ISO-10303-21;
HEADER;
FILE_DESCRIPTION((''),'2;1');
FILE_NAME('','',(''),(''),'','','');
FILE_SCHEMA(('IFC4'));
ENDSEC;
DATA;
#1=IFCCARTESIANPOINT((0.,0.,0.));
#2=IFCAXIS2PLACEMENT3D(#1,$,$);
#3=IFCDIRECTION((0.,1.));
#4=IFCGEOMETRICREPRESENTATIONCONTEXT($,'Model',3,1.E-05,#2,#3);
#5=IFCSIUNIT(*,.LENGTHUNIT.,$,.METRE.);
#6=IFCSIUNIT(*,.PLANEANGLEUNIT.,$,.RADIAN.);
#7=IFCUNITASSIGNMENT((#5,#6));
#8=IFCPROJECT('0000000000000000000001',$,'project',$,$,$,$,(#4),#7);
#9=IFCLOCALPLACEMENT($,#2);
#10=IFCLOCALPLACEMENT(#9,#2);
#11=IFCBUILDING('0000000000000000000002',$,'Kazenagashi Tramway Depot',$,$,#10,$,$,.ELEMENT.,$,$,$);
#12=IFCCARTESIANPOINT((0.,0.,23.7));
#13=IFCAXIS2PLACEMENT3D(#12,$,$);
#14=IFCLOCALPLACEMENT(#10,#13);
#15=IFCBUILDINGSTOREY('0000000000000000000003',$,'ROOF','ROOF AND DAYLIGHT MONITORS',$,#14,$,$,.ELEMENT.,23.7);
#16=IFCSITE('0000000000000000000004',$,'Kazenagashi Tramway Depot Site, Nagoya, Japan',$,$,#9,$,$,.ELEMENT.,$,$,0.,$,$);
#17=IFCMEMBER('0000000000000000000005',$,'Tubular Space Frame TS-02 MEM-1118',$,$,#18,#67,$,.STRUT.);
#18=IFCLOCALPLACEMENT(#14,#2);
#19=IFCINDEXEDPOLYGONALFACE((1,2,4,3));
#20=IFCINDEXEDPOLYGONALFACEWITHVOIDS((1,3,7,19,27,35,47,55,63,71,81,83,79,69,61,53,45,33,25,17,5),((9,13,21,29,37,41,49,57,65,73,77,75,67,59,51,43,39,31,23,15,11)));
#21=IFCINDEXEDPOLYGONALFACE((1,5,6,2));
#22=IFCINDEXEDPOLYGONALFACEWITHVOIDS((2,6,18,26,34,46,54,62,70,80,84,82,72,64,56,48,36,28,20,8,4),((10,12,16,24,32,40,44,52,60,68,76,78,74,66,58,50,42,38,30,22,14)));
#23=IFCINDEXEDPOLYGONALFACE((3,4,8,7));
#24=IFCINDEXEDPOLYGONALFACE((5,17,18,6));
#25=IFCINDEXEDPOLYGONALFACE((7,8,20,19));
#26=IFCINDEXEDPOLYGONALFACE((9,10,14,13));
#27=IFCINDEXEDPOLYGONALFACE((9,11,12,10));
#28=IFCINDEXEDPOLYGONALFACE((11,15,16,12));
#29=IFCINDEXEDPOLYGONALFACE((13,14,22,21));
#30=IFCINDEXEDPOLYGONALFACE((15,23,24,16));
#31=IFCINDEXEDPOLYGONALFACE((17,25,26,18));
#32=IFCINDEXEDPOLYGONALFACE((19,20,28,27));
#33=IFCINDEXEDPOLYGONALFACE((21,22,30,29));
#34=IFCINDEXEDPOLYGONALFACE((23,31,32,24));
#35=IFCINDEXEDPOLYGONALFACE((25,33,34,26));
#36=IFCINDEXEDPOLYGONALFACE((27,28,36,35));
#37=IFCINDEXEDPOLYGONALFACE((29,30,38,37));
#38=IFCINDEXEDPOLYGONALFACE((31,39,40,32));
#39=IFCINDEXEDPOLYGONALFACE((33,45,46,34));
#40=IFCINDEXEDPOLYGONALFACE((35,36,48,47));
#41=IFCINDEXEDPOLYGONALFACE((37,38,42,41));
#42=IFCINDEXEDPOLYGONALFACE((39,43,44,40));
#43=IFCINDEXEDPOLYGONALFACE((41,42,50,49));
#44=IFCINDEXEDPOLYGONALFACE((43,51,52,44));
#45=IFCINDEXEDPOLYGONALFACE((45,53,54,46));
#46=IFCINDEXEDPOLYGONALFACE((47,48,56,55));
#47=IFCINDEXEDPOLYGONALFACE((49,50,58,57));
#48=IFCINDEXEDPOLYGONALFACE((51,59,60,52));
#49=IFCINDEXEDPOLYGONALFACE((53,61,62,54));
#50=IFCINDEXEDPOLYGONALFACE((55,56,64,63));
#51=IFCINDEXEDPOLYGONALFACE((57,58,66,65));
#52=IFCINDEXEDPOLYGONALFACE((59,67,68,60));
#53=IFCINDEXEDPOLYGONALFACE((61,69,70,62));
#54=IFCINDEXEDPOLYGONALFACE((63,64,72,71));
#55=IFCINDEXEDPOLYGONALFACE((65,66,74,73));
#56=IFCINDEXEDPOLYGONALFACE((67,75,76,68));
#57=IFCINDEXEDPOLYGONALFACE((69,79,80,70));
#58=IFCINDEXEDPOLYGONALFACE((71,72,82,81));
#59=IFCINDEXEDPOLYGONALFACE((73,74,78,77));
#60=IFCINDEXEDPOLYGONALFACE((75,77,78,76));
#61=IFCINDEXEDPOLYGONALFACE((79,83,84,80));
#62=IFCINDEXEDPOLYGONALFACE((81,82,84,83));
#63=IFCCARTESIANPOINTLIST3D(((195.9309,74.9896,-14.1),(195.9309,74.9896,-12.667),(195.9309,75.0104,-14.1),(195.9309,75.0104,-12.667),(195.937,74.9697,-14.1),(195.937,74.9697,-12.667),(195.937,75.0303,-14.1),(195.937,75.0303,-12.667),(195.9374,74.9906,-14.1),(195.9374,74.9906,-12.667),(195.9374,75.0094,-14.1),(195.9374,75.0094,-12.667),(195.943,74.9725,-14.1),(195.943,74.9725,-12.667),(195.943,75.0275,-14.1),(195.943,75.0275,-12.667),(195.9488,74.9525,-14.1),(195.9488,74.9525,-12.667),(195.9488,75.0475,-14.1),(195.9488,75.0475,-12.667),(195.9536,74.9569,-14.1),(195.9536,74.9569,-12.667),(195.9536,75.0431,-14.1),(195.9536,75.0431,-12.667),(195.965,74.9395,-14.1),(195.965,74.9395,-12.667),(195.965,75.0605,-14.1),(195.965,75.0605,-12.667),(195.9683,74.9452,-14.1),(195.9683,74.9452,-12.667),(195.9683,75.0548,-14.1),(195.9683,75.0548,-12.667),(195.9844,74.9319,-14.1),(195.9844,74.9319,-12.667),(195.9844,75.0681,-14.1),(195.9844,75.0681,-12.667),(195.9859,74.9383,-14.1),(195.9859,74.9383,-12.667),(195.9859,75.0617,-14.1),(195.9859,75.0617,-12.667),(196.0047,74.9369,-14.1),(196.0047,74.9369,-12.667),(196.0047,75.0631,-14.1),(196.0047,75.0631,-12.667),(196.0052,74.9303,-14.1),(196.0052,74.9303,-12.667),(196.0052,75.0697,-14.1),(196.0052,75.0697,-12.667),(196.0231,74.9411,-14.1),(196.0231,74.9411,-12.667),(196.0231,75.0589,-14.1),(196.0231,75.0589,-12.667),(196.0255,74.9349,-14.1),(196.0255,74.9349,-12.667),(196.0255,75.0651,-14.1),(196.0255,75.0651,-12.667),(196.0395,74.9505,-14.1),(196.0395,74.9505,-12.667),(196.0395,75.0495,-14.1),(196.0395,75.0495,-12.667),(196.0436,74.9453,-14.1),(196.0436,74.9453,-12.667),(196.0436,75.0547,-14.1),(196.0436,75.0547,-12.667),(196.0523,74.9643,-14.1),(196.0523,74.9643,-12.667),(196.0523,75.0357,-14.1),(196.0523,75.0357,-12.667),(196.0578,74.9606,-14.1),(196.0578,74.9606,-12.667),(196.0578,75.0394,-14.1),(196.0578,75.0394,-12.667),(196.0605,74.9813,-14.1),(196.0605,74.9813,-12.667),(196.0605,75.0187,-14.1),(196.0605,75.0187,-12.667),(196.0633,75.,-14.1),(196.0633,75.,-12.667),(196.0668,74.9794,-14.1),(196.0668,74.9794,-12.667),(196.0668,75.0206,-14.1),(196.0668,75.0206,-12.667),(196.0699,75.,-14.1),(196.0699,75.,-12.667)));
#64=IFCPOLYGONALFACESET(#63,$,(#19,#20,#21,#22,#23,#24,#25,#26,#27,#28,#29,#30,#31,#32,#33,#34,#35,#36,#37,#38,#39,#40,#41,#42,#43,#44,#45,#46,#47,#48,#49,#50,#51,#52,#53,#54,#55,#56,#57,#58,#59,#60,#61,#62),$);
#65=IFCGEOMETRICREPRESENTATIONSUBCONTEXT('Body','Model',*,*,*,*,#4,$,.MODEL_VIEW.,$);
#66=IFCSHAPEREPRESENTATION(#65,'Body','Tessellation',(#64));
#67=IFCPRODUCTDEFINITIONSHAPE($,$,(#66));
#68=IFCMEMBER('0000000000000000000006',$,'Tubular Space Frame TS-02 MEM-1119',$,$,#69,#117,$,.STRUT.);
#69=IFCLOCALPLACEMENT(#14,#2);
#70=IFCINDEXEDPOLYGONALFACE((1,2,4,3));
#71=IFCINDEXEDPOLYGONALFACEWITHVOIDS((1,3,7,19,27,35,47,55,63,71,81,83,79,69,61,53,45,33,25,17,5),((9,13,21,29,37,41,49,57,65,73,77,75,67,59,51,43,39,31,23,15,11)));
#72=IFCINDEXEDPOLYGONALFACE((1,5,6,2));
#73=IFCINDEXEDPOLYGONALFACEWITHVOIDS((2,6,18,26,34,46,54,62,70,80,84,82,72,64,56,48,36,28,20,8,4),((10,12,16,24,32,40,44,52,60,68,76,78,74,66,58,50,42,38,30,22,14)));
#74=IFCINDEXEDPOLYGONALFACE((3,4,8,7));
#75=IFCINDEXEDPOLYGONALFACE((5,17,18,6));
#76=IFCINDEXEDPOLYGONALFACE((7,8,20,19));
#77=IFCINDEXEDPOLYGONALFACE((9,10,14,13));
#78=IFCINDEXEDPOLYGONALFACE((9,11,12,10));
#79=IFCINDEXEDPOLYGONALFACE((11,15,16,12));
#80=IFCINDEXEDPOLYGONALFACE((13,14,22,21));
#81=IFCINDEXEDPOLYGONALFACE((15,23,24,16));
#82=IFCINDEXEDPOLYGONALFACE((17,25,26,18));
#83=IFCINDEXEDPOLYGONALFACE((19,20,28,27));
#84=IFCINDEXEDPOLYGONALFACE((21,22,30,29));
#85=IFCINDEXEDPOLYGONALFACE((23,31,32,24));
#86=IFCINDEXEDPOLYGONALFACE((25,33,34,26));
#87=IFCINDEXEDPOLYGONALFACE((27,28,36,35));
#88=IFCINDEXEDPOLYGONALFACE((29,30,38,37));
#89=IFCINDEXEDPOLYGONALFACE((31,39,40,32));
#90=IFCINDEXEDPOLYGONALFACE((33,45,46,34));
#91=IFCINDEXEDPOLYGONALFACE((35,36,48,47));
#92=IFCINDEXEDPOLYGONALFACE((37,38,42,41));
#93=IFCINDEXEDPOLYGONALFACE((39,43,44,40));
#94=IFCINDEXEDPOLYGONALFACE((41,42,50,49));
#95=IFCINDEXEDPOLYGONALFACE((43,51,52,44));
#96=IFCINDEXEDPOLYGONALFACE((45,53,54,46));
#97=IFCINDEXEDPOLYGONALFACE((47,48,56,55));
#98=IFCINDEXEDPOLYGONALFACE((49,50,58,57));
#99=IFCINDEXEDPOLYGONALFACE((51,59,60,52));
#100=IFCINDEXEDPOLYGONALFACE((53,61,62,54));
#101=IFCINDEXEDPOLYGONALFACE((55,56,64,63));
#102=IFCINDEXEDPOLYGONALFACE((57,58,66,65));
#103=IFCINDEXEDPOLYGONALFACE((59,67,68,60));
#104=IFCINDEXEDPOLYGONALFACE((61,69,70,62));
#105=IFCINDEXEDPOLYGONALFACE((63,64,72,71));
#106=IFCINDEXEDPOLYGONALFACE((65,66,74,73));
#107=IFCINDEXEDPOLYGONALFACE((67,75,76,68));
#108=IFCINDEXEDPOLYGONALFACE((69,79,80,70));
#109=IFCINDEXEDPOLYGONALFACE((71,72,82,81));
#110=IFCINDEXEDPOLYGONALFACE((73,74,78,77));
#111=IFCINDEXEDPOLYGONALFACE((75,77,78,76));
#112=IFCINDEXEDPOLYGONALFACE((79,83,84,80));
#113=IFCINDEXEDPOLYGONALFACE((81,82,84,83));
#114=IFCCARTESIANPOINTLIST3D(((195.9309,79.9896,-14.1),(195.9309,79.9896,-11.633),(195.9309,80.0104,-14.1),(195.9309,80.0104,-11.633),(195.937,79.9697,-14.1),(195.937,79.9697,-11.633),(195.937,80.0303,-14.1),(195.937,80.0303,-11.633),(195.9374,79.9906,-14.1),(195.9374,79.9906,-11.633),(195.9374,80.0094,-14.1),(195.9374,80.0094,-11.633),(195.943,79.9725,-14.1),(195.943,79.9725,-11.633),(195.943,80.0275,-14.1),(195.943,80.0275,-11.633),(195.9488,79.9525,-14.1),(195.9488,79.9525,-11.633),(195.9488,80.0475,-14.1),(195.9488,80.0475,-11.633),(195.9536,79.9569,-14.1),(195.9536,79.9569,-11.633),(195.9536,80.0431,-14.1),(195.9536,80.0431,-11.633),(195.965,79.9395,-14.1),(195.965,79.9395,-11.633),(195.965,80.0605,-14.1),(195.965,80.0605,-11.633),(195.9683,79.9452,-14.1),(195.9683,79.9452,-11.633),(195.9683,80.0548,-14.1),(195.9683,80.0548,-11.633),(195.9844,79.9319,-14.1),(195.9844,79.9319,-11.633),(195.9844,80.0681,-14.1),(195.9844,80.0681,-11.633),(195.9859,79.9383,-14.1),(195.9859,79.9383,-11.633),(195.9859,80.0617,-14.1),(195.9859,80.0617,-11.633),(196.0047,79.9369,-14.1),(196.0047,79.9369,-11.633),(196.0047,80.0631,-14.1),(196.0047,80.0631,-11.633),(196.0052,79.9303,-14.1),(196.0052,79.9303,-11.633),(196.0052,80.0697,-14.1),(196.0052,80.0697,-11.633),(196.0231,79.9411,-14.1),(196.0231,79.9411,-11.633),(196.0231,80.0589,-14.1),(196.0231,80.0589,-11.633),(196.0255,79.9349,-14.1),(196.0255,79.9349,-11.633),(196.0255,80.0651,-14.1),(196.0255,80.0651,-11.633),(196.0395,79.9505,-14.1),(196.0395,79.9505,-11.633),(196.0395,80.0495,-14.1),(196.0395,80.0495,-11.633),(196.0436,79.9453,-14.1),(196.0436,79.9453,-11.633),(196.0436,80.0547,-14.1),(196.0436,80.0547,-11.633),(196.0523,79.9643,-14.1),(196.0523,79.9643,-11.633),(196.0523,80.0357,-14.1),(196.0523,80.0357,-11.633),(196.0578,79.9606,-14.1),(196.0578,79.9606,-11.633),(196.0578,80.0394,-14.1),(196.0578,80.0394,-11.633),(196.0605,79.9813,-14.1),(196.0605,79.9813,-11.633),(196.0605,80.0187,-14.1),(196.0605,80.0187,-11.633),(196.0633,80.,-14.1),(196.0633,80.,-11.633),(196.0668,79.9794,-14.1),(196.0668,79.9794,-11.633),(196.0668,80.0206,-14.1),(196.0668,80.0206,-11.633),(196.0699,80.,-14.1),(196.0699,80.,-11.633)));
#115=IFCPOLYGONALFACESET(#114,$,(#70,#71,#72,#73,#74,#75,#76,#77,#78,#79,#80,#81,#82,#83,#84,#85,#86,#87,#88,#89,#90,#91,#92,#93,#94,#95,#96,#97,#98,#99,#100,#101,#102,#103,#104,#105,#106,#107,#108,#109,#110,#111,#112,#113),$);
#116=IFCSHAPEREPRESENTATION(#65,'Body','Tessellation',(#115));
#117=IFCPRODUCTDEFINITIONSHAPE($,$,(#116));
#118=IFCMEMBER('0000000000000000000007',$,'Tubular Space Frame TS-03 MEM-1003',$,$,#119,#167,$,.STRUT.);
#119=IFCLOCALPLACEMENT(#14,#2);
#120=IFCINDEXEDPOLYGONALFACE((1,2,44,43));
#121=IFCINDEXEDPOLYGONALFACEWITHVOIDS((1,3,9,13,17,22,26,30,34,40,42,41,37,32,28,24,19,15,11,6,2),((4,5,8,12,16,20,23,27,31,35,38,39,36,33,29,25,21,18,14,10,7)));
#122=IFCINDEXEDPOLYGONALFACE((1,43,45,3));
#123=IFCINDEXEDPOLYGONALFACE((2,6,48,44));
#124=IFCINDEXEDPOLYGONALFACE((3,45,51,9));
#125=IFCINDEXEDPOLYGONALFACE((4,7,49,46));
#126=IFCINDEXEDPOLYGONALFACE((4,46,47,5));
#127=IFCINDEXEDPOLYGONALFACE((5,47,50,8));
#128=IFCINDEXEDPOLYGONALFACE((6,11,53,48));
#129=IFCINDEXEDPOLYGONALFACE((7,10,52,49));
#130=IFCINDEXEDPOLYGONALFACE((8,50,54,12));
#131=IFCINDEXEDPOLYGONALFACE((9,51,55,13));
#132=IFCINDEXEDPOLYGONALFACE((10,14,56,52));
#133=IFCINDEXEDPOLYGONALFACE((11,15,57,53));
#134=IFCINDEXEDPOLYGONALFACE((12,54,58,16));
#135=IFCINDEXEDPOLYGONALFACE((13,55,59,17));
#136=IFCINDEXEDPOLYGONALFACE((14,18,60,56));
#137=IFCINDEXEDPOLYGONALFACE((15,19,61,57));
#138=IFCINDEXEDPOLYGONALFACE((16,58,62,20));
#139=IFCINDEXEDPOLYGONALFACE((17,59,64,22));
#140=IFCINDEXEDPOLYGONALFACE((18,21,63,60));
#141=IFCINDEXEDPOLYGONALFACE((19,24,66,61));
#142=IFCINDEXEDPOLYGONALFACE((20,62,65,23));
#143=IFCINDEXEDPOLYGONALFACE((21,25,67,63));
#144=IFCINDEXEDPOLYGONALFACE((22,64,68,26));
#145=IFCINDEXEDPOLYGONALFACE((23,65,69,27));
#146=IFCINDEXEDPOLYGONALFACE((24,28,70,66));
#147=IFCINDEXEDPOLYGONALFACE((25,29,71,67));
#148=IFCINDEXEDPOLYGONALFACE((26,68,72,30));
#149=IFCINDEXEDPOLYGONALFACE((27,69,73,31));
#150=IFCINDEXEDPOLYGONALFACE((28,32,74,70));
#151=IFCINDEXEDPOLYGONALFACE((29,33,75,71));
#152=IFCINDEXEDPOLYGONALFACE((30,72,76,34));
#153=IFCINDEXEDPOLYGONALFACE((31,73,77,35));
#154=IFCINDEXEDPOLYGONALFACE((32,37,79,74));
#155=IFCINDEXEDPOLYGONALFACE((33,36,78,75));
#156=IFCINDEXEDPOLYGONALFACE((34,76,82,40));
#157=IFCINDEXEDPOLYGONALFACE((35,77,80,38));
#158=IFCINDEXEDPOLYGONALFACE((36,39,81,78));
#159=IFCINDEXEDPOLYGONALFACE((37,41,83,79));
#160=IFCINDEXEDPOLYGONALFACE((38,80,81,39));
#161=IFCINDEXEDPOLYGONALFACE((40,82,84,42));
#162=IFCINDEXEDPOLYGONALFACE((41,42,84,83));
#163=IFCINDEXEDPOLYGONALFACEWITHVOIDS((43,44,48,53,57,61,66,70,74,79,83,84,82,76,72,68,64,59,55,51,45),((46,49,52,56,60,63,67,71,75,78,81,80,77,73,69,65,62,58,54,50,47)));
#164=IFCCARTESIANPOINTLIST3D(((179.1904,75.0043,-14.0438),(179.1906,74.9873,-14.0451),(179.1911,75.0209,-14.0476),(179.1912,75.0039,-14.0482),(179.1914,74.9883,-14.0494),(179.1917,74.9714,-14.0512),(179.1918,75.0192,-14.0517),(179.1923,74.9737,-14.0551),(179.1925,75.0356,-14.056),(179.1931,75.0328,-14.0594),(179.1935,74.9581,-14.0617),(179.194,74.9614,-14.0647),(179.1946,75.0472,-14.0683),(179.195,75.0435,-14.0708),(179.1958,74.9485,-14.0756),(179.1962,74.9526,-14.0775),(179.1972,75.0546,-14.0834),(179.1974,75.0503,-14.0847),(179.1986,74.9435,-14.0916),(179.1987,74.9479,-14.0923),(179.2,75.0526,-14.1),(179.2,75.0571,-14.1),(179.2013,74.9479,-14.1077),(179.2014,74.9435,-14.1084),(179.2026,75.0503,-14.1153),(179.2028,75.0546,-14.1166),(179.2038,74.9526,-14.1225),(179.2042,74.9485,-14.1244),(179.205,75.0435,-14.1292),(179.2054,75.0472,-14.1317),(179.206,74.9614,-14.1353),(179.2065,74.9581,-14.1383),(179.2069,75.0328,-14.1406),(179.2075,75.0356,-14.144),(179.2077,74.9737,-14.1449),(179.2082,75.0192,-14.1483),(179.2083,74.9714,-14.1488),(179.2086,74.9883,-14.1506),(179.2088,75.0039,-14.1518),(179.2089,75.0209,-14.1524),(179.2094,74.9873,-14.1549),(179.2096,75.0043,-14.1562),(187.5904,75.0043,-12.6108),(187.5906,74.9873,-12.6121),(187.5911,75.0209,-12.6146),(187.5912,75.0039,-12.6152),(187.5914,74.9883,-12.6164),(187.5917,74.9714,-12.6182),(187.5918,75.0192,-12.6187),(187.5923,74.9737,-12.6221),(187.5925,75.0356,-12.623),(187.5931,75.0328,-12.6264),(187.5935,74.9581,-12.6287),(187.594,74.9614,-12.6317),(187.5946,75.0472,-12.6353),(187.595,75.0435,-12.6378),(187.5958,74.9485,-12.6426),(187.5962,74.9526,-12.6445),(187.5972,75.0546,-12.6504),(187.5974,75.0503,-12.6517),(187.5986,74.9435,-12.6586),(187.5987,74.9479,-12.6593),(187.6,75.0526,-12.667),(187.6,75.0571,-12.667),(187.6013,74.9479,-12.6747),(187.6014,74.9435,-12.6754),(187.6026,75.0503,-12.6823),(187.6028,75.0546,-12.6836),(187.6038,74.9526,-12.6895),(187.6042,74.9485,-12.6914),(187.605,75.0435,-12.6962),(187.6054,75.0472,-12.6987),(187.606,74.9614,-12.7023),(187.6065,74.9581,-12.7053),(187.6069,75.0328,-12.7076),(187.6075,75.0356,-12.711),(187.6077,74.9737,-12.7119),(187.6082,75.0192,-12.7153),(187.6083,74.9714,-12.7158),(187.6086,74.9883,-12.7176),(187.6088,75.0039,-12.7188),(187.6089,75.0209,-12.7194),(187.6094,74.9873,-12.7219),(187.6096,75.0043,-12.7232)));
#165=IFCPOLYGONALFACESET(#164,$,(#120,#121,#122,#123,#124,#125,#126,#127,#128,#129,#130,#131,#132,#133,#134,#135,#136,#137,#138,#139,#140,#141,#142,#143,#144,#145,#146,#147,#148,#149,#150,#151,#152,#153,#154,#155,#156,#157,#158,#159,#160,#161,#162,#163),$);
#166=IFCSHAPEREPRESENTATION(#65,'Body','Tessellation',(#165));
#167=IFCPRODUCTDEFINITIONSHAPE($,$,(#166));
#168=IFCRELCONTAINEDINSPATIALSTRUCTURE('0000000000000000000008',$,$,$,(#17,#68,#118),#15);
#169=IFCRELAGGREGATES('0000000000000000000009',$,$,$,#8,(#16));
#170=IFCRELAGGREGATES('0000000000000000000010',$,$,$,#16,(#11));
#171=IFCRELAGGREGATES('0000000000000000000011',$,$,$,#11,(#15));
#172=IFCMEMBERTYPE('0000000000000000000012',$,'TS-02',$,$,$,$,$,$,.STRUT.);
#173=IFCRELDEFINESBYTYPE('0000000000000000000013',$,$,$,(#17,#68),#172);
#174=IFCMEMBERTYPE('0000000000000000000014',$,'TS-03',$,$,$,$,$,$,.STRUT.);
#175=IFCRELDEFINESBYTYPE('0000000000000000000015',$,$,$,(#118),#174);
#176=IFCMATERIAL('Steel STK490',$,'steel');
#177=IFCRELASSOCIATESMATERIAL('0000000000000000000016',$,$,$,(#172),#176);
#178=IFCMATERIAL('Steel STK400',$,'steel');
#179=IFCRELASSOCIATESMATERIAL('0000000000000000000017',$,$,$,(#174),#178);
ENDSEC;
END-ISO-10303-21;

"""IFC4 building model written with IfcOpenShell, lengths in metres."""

from ifc_helpers import new_model, si_unit, direction, frame, origin, origin_2d, place, context, subcontext, project, spatial, hollow_circle, extrude, material, material_profile, profile_set, type_object, element, save


model = new_model("IFC4")

# Units and contexts
model_context = context("Model", 3, precision=1e-05, world=origin(), true_north=direction((0.0, 1.0)))
body_context = subcontext(model_context, "Body", "Model", "MODEL_VIEW")
ifc_project = project(units=[si_unit("LENGTHUNIT", "METRE"), si_unit("PLANEANGLEUNIT", "RADIAN")], contexts=[model_context])

# Site, building, storey
site_placement = place(None, origin())
site = spatial("IfcSite", under=ifc_project, at=site_placement, Name="Kazenagashi Tramway Depot Site, Nagoya, Japan", CompositionType="ELEMENT", RefElevation=0.0)
building_placement = place(site_placement, origin())
building = spatial("IfcBuilding", under=site, at=building_placement, Name="Kazenagashi Tramway Depot", CompositionType="ELEMENT")
storey_placement = place(building_placement, frame((0.0, 0.0, 23.7)))
storey = spatial("IfcBuildingStorey", under=building, at=storey_placement, Name="ROOF", Description="ROOF AND DAYLIGHT MONITORS", CompositionType="ELEMENT", Elevation=23.7)

# Members
ifc_material_1 = material(Name="Steel STK490", Category="steel")
ifc_material_profile_1 = material_profile(ifc_material_1, hollow_circle(Radius=0.0699, WallThickness=0.0066, at=origin_2d()), Name="CHS-139.8x6.6")
ifc_profile_set_1 = profile_set([ifc_material_profile_1], Name="Steel STK490")
member_type_1 = type_object("IfcMemberType", Name="TS-02", PredefinedType="STRUT", material=ifc_profile_set_1)
member_1_placement = place(storey_placement, frame((196.0, 75.0, -14.1), z_axis=(0.0, 0.0, 1.0), x_axis=(1.0, 0.0, 0.0)))
element("IfcMember", 1, at=member_1_placement, inside=storey, type_object=member_type_1, Name="Tubular Space Frame TS-02 MEM-1118", PredefinedType="STRUT", context=body_context, shape_type="SweptSolid", body=[
    extrude(hollow_circle(Radius=0.0699, WallThickness=0.0066, at=origin_2d()), origin(), (0.0, 0.0, 1.0), 1.433),
])
member_2_placement = place(storey_placement, frame((196.0, 80.0, -14.1), z_axis=(0.0, 0.0, 1.0), x_axis=(1.0, 0.0, 0.0)))
element("IfcMember", 2, at=member_2_placement, inside=storey, type_object=member_type_1, Name="Tubular Space Frame TS-02 MEM-1119", PredefinedType="STRUT", context=body_context, shape_type="SweptSolid", body=[
    extrude(hollow_circle(Radius=0.0699, WallThickness=0.0066, at=origin_2d()), origin(), (0.0, 0.0, 1.0), 2.467),
])
ifc_material_2 = material(Name="Steel STK400", Category="steel")
ifc_material_profile_2 = material_profile(ifc_material_2, hollow_circle(Radius=0.0571, WallThickness=0.0045, at=origin_2d()), Name="CHS-114.3x4.5")
ifc_profile_set_2 = profile_set([ifc_material_profile_2], Name="Steel STK400")
member_type_2 = type_object("IfcMemberType", Name="TS-03", PredefinedType="STRUT", material=ifc_profile_set_2)
for number, where, z_axis, x_axis, name in (
    (3, (179.2, 75.0, -14.1), (0.985759, 0.0, 0.168166), (0.0, 1.0, 0.0), "Tubular Space Frame TS-03 MEM-1003"),
):
    element("IfcMember", number, at=place(storey_placement, frame(where, z_axis=z_axis, x_axis=x_axis)), inside=storey, type_object=member_type_2, Name=name, PredefinedType="STRUT", context=body_context, shape_type="SweptSolid", body=[
        extrude(hollow_circle(Radius=0.0571, WallThickness=0.0045, at=origin_2d()), origin(), (0.0, 0.0, 1.0), 8.5214),
    ])

save(model, "model.ifc")
